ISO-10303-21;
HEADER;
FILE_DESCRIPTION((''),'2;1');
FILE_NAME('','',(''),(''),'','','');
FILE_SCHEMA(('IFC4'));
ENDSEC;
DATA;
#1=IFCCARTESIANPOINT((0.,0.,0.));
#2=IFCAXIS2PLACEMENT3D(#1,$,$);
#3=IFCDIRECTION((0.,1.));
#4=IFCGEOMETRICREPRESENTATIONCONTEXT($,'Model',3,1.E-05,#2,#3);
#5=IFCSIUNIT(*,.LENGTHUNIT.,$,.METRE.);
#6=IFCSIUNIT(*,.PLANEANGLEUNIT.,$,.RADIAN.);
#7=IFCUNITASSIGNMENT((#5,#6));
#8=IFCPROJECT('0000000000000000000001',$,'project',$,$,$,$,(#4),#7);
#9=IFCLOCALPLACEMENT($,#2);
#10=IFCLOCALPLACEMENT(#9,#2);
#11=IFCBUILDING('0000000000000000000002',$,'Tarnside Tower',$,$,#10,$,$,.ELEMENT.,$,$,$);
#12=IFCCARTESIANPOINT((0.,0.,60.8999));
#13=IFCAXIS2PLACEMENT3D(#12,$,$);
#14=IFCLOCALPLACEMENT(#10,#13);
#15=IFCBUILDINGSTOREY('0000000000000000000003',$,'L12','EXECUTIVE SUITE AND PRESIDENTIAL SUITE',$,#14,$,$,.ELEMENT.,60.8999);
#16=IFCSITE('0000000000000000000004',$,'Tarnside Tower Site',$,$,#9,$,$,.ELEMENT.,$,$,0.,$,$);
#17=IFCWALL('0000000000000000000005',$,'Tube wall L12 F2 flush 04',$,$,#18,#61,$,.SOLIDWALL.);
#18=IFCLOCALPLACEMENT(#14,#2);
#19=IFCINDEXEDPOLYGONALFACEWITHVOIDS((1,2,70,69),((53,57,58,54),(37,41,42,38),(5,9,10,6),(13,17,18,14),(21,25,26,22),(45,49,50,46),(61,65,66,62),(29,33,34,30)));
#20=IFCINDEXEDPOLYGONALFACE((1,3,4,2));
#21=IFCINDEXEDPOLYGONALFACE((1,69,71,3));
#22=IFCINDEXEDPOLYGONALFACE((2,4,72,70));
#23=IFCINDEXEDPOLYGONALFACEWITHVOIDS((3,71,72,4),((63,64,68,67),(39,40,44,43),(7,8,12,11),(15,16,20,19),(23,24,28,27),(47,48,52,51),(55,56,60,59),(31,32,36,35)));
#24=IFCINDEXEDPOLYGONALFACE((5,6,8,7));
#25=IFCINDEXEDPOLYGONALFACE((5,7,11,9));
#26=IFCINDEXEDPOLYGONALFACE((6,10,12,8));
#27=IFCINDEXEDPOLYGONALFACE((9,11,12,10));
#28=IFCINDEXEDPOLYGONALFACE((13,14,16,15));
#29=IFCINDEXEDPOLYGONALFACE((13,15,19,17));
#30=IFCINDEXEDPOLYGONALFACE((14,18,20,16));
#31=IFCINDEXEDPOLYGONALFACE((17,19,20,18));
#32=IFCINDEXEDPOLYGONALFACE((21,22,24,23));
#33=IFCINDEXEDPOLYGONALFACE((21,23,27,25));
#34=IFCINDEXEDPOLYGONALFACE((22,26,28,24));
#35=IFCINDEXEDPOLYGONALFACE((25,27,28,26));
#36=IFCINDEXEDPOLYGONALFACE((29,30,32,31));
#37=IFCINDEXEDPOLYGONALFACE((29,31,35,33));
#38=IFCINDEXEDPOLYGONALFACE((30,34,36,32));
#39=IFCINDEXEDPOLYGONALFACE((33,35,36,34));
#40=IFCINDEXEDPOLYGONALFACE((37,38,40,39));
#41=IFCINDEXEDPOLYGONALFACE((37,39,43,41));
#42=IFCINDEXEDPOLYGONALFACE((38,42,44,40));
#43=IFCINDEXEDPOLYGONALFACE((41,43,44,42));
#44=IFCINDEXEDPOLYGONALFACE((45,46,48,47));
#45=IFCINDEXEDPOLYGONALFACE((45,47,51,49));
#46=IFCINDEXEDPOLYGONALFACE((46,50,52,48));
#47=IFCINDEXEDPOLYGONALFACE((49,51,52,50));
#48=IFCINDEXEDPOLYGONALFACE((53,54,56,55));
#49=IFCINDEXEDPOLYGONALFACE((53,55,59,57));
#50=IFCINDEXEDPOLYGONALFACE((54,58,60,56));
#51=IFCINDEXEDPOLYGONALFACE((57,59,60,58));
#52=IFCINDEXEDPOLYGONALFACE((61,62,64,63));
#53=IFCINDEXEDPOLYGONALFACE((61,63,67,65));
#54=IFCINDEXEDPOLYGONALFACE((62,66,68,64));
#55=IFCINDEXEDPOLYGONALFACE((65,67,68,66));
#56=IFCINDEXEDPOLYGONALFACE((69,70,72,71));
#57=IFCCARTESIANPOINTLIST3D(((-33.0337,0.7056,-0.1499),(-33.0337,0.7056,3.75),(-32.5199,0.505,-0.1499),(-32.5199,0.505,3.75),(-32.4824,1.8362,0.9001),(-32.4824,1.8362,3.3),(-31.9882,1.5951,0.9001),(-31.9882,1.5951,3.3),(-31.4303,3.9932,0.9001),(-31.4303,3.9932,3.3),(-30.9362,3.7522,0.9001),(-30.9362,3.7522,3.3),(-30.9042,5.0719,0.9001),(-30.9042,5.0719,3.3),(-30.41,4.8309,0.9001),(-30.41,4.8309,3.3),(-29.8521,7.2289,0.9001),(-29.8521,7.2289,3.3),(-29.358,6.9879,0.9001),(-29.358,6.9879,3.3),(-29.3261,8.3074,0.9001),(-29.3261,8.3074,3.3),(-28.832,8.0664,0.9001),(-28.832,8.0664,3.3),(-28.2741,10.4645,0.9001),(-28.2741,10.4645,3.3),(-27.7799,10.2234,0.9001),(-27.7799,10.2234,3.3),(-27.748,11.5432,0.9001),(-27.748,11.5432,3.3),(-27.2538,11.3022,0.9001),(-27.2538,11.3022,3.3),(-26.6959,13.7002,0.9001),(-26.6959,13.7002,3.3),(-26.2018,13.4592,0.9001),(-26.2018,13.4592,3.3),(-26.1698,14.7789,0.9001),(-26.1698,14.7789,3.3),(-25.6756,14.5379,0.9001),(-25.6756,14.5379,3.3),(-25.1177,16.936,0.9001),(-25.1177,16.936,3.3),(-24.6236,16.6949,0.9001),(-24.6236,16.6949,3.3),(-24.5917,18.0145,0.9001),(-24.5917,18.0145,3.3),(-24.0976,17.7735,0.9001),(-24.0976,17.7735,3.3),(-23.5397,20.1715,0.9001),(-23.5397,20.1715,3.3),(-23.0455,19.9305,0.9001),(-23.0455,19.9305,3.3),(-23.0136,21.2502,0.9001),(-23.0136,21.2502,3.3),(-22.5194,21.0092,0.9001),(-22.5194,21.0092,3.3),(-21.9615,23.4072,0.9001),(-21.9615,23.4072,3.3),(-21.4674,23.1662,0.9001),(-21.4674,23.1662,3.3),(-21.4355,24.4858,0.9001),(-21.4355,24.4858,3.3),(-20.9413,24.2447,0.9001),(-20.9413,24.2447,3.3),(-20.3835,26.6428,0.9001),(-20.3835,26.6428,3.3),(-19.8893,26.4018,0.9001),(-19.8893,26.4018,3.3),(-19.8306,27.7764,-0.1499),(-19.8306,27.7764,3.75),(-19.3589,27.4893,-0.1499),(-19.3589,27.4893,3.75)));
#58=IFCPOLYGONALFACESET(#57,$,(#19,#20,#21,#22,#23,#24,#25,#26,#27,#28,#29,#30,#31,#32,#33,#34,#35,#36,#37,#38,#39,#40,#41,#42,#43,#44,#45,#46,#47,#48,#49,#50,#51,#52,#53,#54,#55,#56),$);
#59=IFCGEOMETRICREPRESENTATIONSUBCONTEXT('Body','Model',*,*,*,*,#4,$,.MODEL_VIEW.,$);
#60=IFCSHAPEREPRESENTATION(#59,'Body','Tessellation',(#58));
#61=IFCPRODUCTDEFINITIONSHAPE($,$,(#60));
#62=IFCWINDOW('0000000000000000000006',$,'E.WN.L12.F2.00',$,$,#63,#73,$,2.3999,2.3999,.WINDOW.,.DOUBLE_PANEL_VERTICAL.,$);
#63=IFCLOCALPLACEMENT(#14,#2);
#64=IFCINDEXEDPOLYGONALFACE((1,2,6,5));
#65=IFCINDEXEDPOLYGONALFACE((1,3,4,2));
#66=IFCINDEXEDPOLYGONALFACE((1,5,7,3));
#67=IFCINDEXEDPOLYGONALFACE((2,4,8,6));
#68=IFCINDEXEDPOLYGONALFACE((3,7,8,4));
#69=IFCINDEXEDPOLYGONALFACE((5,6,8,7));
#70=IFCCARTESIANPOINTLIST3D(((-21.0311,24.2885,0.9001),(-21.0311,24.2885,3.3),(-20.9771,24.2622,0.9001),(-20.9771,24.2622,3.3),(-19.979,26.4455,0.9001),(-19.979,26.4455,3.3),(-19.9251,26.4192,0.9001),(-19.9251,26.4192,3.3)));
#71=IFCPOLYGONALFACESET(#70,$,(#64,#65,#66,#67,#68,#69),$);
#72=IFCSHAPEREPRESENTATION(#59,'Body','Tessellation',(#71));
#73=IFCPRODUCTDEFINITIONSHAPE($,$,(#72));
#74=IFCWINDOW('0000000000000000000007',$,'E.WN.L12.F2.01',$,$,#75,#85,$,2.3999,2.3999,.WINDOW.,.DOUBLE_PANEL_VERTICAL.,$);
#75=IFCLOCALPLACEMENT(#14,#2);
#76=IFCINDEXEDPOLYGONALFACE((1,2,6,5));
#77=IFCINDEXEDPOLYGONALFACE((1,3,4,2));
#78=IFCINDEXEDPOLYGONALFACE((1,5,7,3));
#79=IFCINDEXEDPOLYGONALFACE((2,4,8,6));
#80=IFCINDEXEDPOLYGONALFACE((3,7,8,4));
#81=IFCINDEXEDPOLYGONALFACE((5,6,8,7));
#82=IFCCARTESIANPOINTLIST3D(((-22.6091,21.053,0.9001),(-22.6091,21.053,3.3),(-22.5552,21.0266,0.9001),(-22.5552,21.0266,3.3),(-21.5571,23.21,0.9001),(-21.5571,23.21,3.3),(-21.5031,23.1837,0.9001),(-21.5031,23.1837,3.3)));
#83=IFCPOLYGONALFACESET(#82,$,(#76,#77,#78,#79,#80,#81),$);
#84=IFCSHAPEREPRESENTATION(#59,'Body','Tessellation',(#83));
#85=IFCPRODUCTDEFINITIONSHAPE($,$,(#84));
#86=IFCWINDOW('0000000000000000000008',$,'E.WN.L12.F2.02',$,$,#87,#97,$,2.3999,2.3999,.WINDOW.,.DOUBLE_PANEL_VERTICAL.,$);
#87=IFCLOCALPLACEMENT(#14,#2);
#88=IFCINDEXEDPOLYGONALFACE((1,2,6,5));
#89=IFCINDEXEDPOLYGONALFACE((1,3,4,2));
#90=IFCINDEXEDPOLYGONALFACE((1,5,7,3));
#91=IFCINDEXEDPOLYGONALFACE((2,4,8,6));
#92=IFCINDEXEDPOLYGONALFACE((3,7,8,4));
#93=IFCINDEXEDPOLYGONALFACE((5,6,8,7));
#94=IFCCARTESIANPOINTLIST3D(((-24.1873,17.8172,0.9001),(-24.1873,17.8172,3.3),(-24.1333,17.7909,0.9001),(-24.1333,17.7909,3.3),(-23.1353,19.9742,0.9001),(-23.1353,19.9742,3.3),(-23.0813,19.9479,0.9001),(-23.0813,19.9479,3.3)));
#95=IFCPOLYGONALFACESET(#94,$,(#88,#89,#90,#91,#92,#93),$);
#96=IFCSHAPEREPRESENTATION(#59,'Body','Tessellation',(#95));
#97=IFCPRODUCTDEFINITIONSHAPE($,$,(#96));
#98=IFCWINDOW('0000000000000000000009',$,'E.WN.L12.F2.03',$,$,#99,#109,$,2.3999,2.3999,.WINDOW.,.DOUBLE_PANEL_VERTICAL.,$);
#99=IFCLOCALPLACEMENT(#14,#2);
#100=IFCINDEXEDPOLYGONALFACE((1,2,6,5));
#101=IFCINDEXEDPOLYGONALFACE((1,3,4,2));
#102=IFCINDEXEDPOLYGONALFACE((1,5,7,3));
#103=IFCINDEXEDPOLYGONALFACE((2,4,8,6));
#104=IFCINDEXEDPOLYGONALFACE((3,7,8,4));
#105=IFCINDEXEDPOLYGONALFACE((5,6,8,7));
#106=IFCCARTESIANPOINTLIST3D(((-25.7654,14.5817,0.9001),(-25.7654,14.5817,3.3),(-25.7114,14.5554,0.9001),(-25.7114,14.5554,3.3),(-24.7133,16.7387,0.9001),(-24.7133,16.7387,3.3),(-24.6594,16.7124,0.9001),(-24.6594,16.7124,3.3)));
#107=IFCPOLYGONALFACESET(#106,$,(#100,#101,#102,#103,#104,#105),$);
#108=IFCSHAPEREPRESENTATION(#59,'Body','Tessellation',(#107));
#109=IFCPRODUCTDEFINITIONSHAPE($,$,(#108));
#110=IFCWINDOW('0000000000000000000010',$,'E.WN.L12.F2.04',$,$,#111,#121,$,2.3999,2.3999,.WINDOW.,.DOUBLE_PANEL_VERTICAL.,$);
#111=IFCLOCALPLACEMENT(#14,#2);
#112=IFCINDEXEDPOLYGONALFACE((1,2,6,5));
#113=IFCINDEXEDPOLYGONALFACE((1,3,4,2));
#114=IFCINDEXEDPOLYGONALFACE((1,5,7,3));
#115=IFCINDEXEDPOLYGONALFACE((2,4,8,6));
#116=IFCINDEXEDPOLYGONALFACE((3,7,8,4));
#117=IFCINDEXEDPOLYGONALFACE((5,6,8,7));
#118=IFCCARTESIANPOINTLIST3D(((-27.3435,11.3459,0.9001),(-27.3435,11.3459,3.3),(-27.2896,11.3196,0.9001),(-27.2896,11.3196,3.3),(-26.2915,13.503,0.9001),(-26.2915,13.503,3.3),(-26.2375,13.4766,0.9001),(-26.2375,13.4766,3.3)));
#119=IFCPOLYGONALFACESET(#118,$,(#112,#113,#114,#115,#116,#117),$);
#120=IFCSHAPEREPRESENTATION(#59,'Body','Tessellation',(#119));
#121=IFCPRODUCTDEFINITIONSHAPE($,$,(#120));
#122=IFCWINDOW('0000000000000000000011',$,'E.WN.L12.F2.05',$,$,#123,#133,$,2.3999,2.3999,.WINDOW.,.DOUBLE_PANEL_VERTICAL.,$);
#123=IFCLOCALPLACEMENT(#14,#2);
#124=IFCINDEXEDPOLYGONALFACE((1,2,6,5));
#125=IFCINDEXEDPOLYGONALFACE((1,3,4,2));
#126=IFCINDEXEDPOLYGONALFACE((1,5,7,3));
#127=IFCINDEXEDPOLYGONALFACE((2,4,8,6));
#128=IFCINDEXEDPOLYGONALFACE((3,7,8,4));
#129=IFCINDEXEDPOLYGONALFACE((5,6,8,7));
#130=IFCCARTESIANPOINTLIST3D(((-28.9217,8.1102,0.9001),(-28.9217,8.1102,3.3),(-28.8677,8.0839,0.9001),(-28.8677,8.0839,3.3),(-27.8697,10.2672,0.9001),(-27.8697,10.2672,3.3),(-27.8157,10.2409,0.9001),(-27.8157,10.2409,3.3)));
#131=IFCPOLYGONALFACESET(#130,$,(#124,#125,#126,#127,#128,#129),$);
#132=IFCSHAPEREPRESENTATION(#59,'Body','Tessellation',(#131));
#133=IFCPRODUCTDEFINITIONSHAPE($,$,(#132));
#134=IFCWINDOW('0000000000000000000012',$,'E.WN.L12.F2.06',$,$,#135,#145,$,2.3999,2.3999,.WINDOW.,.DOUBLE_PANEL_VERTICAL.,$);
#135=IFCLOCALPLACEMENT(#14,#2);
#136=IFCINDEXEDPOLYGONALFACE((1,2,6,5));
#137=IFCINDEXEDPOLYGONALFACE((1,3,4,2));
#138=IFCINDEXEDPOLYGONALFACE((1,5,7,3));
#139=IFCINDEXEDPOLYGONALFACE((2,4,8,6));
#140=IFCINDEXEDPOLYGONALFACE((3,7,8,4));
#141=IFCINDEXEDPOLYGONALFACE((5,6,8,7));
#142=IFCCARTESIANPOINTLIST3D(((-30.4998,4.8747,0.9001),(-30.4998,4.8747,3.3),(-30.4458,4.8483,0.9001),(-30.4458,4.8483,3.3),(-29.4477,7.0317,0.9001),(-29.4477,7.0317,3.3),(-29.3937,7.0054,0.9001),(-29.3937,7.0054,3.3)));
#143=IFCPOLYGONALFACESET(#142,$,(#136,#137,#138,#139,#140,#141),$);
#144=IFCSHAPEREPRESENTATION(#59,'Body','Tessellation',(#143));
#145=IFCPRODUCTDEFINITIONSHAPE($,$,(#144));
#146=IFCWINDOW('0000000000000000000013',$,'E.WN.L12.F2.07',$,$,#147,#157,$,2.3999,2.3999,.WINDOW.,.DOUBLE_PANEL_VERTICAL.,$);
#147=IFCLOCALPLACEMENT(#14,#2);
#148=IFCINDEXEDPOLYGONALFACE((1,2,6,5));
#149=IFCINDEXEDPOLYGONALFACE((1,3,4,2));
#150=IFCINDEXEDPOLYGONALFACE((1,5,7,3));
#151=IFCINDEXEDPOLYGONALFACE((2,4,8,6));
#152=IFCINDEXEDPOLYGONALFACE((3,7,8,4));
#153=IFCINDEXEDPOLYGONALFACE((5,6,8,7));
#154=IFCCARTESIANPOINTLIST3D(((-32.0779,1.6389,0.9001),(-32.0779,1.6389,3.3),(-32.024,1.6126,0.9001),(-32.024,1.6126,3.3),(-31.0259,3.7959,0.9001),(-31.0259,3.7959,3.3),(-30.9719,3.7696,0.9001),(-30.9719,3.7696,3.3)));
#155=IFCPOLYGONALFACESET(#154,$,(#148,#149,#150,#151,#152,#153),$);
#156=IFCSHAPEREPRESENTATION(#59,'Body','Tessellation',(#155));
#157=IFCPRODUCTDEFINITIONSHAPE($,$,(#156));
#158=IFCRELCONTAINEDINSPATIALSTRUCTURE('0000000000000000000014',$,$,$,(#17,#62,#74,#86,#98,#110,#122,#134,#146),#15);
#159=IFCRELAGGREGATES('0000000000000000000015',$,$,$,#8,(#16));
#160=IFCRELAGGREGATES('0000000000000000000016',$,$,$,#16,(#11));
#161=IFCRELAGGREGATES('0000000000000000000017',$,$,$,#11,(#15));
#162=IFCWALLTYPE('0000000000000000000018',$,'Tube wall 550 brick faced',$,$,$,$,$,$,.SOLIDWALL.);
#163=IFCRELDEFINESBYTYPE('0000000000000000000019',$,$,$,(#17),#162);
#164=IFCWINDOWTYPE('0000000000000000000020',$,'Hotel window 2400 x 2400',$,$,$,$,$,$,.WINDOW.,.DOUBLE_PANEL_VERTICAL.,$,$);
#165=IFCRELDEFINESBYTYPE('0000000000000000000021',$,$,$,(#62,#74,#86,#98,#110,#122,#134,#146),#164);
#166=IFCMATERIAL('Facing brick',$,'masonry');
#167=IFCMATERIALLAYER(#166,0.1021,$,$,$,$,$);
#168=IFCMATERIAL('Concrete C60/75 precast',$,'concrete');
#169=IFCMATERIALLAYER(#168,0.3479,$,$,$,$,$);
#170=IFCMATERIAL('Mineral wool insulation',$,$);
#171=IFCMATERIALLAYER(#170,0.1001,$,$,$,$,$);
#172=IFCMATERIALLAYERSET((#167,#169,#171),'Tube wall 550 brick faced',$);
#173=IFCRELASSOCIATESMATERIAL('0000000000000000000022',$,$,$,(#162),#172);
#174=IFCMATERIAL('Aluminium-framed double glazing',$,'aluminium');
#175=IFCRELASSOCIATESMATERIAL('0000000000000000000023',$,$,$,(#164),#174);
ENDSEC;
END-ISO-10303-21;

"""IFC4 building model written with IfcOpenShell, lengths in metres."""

from ifc_helpers import new_model, si_unit, direction, frame, frame_2d, origin, place, context, subcontext, project, spatial, polyline, rectangle, outline, extrude, material, layer, layer_set, type_object, element, fill, save


model = new_model("IFC4")

# Units and contexts
model_context = context("Model", 3, precision=1e-05, world=origin(), true_north=direction((0.0, 1.0)))
body_context = subcontext(model_context, "Body", "Model", "MODEL_VIEW")
ifc_project = project(units=[si_unit("LENGTHUNIT", "METRE"), si_unit("PLANEANGLEUNIT", "RADIAN")], contexts=[model_context])

# Site, building, storey
site_placement = place(None, origin())
site = spatial("IfcSite", under=ifc_project, at=site_placement, Name="Tarnside Tower Site", CompositionType="ELEMENT", RefElevation=0.0)
building_placement = place(site_placement, origin())
building = spatial("IfcBuilding", under=site, at=building_placement, Name="Tarnside Tower", CompositionType="ELEMENT")
storey_placement = place(building_placement, frame((0.0, 0.0, 60.8999)))
storey = spatial("IfcBuildingStorey", under=building, at=storey_placement, Name="L12", Description="EXECUTIVE SUITE AND PRESIDENTIAL SUITE", CompositionType="ELEMENT", Elevation=60.8999)

# Shared definitions
ifc_material_1 = material(Name="Facing brick", Category="masonry")
ifc_layer_1 = layer(ifc_material_1, 0.1021)
ifc_material_2 = material(Name="Concrete C60/75 precast", Category="concrete")
ifc_layer_2 = layer(ifc_material_2, 0.3479)
ifc_material_3 = material(Name="Mineral wool insulation")
ifc_layer_3 = layer(ifc_material_3, 0.1001)
ifc_layer_set_1 = layer_set([ifc_layer_1, ifc_layer_2, ifc_layer_3], Name="Tube wall 550 brick faced")
wall_type = type_object("IfcWallType", Name="Tube wall 550 brick faced", PredefinedType="SOLIDWALL", material=ifc_layer_set_1)

# Wall, openings, windows
wall_1_placement = place(storey_placement, frame((-19.5947, 27.6328, -0.1499), z_axis=(0.0, 0.0, 1.0), x_axis=(-0.438368, -0.898795, 0.0)))
wall_1 = element("IfcWall", 1, at=wall_1_placement, inside=storey, type_object=wall_type, Name="Tube wall L12 F2 flush 04", PredefinedType="SOLIDWALL", context=body_context, shape_type="SweptSolid", body=[
    extrude(outline(polyline([(-0.0256, -0.2749), (30.0933, -0.2749), (30.0483, 0.2749), (0.0256, 0.2749), (-0.0256, -0.2749)])), origin(), (0.0, 0.0, 1.0), 3.8999),
])
opening_1_placement = place(wall_1_placement, frame((1.2356, 0.0, 1.05)))
opening_1 = element("IfcOpeningElement", 2, at=opening_1_placement, cuts=wall_1, PredefinedType="OPENING", context=body_context, shape_type="SweptSolid", body=[
    extrude(rectangle(XDim=2.3999, YDim=2.3999, at=frame_2d((1.2, 1.2))), frame((0.0, 0.2852, 0.0), z_axis=(0.0, -1.0, 0.0), x_axis=(1.0, 0.0, 0.0)), (0.0, 0.0, 1.0), 0.5701),
])
opening_2_placement = place(wall_1_placement, frame((4.8354, 0.0, 1.05)))
opening_2 = element("IfcOpeningElement", 3, at=opening_2_placement, cuts=wall_1, PredefinedType="OPENING", context=body_context, shape_type="SweptSolid", body=[
    extrude(rectangle(XDim=2.3999, YDim=2.3999, at=frame_2d((1.2, 1.2))), frame((0.0, 0.2852, 0.0), z_axis=(0.0, -1.0, 0.0), x_axis=(1.0, 0.0, 0.0)), (0.0, 0.0, 1.0), 0.5701),
])
opening_3_placement = place(wall_1_placement, frame((8.4355, 0.0, 1.05)))
opening_3 = element("IfcOpeningElement", 4, at=opening_3_placement, cuts=wall_1, PredefinedType="OPENING", context=body_context, shape_type="SweptSolid", body=[
    extrude(rectangle(XDim=2.3999, YDim=2.3999, at=frame_2d((1.2, 1.2))), frame((0.0, 0.2852, 0.0), z_axis=(0.0, -1.0, 0.0), x_axis=(1.0, 0.0, 0.0)), (0.0, 0.0, 1.0), 0.5701),
])
opening_4_placement = place(wall_1_placement, frame((12.0354, 0.0, 1.05)))
opening_4 = element("IfcOpeningElement", 5, at=opening_4_placement, cuts=wall_1, PredefinedType="OPENING", context=body_context, shape_type="SweptSolid", body=[
    extrude(rectangle(XDim=2.3999, YDim=2.3999, at=frame_2d((1.2, 1.2))), frame((0.0, 0.2852, 0.0), z_axis=(0.0, -1.0, 0.0), x_axis=(1.0, 0.0, 0.0)), (0.0, 0.0, 1.0), 0.5701),
])
opening_5_placement = place(wall_1_placement, frame((15.6355, 0.0, 1.05)))
opening_5 = element("IfcOpeningElement", 6, at=opening_5_placement, cuts=wall_1, PredefinedType="OPENING", context=body_context, shape_type="SweptSolid", body=[
    extrude(rectangle(XDim=2.3999, YDim=2.3999, at=frame_2d((1.2, 1.2))), frame((0.0, 0.2852, 0.0), z_axis=(0.0, -1.0, 0.0), x_axis=(1.0, 0.0, 0.0)), (0.0, 0.0, 1.0), 0.5701),
])
opening_6_placement = place(wall_1_placement, frame((19.2356, 0.0, 1.05)))
opening_6 = element("IfcOpeningElement", 7, at=opening_6_placement, cuts=wall_1, PredefinedType="OPENING", context=body_context, shape_type="SweptSolid", body=[
    extrude(rectangle(XDim=2.3999, YDim=2.3999, at=frame_2d((1.2, 1.2))), frame((0.0, 0.2852, 0.0), z_axis=(0.0, -1.0, 0.0), x_axis=(1.0, 0.0, 0.0)), (0.0, 0.0, 1.0), 0.5701),
])
opening_7_placement = place(wall_1_placement, frame((22.8354, 0.0, 1.05)))
opening_7 = element("IfcOpeningElement", 8, at=opening_7_placement, cuts=wall_1, PredefinedType="OPENING", context=body_context, shape_type="SweptSolid", body=[
    extrude(rectangle(XDim=2.3999, YDim=2.3999, at=frame_2d((1.2, 1.2))), frame((0.0, 0.2852, 0.0), z_axis=(0.0, -1.0, 0.0), x_axis=(1.0, 0.0, 0.0)), (0.0, 0.0, 1.0), 0.5701),
])
opening_8_placement = place(wall_1_placement, frame((26.4355, 0.0, 1.05)))
opening_8 = element("IfcOpeningElement", 9, at=opening_8_placement, cuts=wall_1, PredefinedType="OPENING", context=body_context, shape_type="SweptSolid", body=[
    extrude(rectangle(XDim=2.3999, YDim=2.3999, at=frame_2d((1.2, 1.2))), frame((0.0, 0.2852, 0.0), z_axis=(0.0, -1.0, 0.0), x_axis=(1.0, 0.0, 0.0)), (0.0, 0.0, 1.0), 0.5701),
])
ifc_material_4 = material(Name="Aluminium-framed double glazing", Category="aluminium")
window_type = type_object("IfcWindowType", Name="Hotel window 2400 x 2400", PartitioningType="DOUBLE_PANEL_VERTICAL", PredefinedType="WINDOW", material=ifc_material_4)
window_1_placement = place(opening_1_placement, frame((0.0, 0.2051, 0.0)))
window_1 = element("IfcWindow", 10, at=window_1_placement, inside=storey, type_object=window_type, Name="E.WN.L12.F2.00", OverallHeight=2.3999, OverallWidth=2.3999, PartitioningType="DOUBLE_PANEL_VERTICAL", PredefinedType="WINDOW", context=body_context, shape_type="SweptSolid", body=[
    extrude(rectangle(XDim=2.3999, YDim=2.3999, at=frame_2d((1.2, 1.2))), frame((0.0, 0.03, 0.0), z_axis=(0.0, -1.0, 0.0), x_axis=(1.0, 0.0, 0.0)), (0.0, 0.0, 1.0), 0.0601),
])
fill(opening_1, window_1)
window_2_placement = place(opening_2_placement, frame((0.0, 0.2051, 0.0)))
window_2 = element("IfcWindow", 11, at=window_2_placement, inside=storey, type_object=window_type, Name="E.WN.L12.F2.01", OverallHeight=2.3999, OverallWidth=2.3999, PartitioningType="DOUBLE_PANEL_VERTICAL", PredefinedType="WINDOW", context=body_context, shape_type="SweptSolid", body=[
    extrude(rectangle(XDim=2.3999, YDim=2.3999, at=frame_2d((1.2, 1.2))), frame((0.0, 0.03, 0.0), z_axis=(0.0, -1.0, 0.0), x_axis=(1.0, 0.0, 0.0)), (0.0, 0.0, 1.0), 0.0601),
])
fill(opening_2, window_2)
window_3_placement = place(opening_3_placement, frame((0.0, 0.2051, 0.0)))
window_3 = element("IfcWindow", 12, at=window_3_placement, inside=storey, type_object=window_type, Name="E.WN.L12.F2.02", OverallHeight=2.3999, OverallWidth=2.3999, PartitioningType="DOUBLE_PANEL_VERTICAL", PredefinedType="WINDOW", context=body_context, shape_type="SweptSolid", body=[
    extrude(rectangle(XDim=2.3999, YDim=2.3999, at=frame_2d((1.2, 1.2))), frame((0.0, 0.03, 0.0), z_axis=(0.0, -1.0, 0.0), x_axis=(1.0, 0.0, 0.0)), (0.0, 0.0, 1.0), 0.0601),
])
fill(opening_3, window_3)
window_4_placement = place(opening_4_placement, frame((0.0, 0.2051, 0.0)))
window_4 = element("IfcWindow", 13, at=window_4_placement, inside=storey, type_object=window_type, Name="E.WN.L12.F2.03", OverallHeight=2.3999, OverallWidth=2.3999, PartitioningType="DOUBLE_PANEL_VERTICAL", PredefinedType="WINDOW", context=body_context, shape_type="SweptSolid", body=[
    extrude(rectangle(XDim=2.3999, YDim=2.3999, at=frame_2d((1.2, 1.2))), frame((0.0, 0.03, 0.0), z_axis=(0.0, -1.0, 0.0), x_axis=(1.0, 0.0, 0.0)), (0.0, 0.0, 1.0), 0.0601),
])
fill(opening_4, window_4)
window_5_placement = place(opening_5_placement, frame((0.0, 0.2051, 0.0)))
window_5 = element("IfcWindow", 14, at=window_5_placement, inside=storey, type_object=window_type, Name="E.WN.L12.F2.04", OverallHeight=2.3999, OverallWidth=2.3999, PartitioningType="DOUBLE_PANEL_VERTICAL", PredefinedType="WINDOW", context=body_context, shape_type="SweptSolid", body=[
    extrude(rectangle(XDim=2.3999, YDim=2.3999, at=frame_2d((1.2, 1.2))), frame((0.0, 0.03, 0.0), z_axis=(0.0, -1.0, 0.0), x_axis=(1.0, 0.0, 0.0)), (0.0, 0.0, 1.0), 0.0601),
])
fill(opening_5, window_5)
window_6_placement = place(opening_6_placement, frame((0.0, 0.2051, 0.0)))
window_6 = element("IfcWindow", 15, at=window_6_placement, inside=storey, type_object=window_type, Name="E.WN.L12.F2.05", OverallHeight=2.3999, OverallWidth=2.3999, PartitioningType="DOUBLE_PANEL_VERTICAL", PredefinedType="WINDOW", context=body_context, shape_type="SweptSolid", body=[
    extrude(rectangle(XDim=2.3999, YDim=2.3999, at=frame_2d((1.2, 1.2))), frame((0.0, 0.03, 0.0), z_axis=(0.0, -1.0, 0.0), x_axis=(1.0, 0.0, 0.0)), (0.0, 0.0, 1.0), 0.0601),
])
fill(opening_6, window_6)
window_7_placement = place(opening_7_placement, frame((0.0, 0.2051, 0.0)))
window_7 = element("IfcWindow", 16, at=window_7_placement, inside=storey, type_object=window_type, Name="E.WN.L12.F2.06", OverallHeight=2.3999, OverallWidth=2.3999, PartitioningType="DOUBLE_PANEL_VERTICAL", PredefinedType="WINDOW", context=body_context, shape_type="SweptSolid", body=[
    extrude(rectangle(XDim=2.3999, YDim=2.3999, at=frame_2d((1.2, 1.2))), frame((0.0, 0.03, 0.0), z_axis=(0.0, -1.0, 0.0), x_axis=(1.0, 0.0, 0.0)), (0.0, 0.0, 1.0), 0.0601),
])
fill(opening_7, window_7)
window_8_placement = place(opening_8_placement, frame((0.0, 0.2051, 0.0)))
window_8 = element("IfcWindow", 17, at=window_8_placement, inside=storey, type_object=window_type, Name="E.WN.L12.F2.07", OverallHeight=2.3999, OverallWidth=2.3999, PartitioningType="DOUBLE_PANEL_VERTICAL", PredefinedType="WINDOW", context=body_context, shape_type="SweptSolid", body=[
    extrude(rectangle(XDim=2.3999, YDim=2.3999, at=frame_2d((1.2, 1.2))), frame((0.0, 0.03, 0.0), z_axis=(0.0, -1.0, 0.0), x_axis=(1.0, 0.0, 0.0)), (0.0, 0.0, 1.0), 0.0601),
])
fill(opening_8, window_8)

save(model, "model.ifc")
